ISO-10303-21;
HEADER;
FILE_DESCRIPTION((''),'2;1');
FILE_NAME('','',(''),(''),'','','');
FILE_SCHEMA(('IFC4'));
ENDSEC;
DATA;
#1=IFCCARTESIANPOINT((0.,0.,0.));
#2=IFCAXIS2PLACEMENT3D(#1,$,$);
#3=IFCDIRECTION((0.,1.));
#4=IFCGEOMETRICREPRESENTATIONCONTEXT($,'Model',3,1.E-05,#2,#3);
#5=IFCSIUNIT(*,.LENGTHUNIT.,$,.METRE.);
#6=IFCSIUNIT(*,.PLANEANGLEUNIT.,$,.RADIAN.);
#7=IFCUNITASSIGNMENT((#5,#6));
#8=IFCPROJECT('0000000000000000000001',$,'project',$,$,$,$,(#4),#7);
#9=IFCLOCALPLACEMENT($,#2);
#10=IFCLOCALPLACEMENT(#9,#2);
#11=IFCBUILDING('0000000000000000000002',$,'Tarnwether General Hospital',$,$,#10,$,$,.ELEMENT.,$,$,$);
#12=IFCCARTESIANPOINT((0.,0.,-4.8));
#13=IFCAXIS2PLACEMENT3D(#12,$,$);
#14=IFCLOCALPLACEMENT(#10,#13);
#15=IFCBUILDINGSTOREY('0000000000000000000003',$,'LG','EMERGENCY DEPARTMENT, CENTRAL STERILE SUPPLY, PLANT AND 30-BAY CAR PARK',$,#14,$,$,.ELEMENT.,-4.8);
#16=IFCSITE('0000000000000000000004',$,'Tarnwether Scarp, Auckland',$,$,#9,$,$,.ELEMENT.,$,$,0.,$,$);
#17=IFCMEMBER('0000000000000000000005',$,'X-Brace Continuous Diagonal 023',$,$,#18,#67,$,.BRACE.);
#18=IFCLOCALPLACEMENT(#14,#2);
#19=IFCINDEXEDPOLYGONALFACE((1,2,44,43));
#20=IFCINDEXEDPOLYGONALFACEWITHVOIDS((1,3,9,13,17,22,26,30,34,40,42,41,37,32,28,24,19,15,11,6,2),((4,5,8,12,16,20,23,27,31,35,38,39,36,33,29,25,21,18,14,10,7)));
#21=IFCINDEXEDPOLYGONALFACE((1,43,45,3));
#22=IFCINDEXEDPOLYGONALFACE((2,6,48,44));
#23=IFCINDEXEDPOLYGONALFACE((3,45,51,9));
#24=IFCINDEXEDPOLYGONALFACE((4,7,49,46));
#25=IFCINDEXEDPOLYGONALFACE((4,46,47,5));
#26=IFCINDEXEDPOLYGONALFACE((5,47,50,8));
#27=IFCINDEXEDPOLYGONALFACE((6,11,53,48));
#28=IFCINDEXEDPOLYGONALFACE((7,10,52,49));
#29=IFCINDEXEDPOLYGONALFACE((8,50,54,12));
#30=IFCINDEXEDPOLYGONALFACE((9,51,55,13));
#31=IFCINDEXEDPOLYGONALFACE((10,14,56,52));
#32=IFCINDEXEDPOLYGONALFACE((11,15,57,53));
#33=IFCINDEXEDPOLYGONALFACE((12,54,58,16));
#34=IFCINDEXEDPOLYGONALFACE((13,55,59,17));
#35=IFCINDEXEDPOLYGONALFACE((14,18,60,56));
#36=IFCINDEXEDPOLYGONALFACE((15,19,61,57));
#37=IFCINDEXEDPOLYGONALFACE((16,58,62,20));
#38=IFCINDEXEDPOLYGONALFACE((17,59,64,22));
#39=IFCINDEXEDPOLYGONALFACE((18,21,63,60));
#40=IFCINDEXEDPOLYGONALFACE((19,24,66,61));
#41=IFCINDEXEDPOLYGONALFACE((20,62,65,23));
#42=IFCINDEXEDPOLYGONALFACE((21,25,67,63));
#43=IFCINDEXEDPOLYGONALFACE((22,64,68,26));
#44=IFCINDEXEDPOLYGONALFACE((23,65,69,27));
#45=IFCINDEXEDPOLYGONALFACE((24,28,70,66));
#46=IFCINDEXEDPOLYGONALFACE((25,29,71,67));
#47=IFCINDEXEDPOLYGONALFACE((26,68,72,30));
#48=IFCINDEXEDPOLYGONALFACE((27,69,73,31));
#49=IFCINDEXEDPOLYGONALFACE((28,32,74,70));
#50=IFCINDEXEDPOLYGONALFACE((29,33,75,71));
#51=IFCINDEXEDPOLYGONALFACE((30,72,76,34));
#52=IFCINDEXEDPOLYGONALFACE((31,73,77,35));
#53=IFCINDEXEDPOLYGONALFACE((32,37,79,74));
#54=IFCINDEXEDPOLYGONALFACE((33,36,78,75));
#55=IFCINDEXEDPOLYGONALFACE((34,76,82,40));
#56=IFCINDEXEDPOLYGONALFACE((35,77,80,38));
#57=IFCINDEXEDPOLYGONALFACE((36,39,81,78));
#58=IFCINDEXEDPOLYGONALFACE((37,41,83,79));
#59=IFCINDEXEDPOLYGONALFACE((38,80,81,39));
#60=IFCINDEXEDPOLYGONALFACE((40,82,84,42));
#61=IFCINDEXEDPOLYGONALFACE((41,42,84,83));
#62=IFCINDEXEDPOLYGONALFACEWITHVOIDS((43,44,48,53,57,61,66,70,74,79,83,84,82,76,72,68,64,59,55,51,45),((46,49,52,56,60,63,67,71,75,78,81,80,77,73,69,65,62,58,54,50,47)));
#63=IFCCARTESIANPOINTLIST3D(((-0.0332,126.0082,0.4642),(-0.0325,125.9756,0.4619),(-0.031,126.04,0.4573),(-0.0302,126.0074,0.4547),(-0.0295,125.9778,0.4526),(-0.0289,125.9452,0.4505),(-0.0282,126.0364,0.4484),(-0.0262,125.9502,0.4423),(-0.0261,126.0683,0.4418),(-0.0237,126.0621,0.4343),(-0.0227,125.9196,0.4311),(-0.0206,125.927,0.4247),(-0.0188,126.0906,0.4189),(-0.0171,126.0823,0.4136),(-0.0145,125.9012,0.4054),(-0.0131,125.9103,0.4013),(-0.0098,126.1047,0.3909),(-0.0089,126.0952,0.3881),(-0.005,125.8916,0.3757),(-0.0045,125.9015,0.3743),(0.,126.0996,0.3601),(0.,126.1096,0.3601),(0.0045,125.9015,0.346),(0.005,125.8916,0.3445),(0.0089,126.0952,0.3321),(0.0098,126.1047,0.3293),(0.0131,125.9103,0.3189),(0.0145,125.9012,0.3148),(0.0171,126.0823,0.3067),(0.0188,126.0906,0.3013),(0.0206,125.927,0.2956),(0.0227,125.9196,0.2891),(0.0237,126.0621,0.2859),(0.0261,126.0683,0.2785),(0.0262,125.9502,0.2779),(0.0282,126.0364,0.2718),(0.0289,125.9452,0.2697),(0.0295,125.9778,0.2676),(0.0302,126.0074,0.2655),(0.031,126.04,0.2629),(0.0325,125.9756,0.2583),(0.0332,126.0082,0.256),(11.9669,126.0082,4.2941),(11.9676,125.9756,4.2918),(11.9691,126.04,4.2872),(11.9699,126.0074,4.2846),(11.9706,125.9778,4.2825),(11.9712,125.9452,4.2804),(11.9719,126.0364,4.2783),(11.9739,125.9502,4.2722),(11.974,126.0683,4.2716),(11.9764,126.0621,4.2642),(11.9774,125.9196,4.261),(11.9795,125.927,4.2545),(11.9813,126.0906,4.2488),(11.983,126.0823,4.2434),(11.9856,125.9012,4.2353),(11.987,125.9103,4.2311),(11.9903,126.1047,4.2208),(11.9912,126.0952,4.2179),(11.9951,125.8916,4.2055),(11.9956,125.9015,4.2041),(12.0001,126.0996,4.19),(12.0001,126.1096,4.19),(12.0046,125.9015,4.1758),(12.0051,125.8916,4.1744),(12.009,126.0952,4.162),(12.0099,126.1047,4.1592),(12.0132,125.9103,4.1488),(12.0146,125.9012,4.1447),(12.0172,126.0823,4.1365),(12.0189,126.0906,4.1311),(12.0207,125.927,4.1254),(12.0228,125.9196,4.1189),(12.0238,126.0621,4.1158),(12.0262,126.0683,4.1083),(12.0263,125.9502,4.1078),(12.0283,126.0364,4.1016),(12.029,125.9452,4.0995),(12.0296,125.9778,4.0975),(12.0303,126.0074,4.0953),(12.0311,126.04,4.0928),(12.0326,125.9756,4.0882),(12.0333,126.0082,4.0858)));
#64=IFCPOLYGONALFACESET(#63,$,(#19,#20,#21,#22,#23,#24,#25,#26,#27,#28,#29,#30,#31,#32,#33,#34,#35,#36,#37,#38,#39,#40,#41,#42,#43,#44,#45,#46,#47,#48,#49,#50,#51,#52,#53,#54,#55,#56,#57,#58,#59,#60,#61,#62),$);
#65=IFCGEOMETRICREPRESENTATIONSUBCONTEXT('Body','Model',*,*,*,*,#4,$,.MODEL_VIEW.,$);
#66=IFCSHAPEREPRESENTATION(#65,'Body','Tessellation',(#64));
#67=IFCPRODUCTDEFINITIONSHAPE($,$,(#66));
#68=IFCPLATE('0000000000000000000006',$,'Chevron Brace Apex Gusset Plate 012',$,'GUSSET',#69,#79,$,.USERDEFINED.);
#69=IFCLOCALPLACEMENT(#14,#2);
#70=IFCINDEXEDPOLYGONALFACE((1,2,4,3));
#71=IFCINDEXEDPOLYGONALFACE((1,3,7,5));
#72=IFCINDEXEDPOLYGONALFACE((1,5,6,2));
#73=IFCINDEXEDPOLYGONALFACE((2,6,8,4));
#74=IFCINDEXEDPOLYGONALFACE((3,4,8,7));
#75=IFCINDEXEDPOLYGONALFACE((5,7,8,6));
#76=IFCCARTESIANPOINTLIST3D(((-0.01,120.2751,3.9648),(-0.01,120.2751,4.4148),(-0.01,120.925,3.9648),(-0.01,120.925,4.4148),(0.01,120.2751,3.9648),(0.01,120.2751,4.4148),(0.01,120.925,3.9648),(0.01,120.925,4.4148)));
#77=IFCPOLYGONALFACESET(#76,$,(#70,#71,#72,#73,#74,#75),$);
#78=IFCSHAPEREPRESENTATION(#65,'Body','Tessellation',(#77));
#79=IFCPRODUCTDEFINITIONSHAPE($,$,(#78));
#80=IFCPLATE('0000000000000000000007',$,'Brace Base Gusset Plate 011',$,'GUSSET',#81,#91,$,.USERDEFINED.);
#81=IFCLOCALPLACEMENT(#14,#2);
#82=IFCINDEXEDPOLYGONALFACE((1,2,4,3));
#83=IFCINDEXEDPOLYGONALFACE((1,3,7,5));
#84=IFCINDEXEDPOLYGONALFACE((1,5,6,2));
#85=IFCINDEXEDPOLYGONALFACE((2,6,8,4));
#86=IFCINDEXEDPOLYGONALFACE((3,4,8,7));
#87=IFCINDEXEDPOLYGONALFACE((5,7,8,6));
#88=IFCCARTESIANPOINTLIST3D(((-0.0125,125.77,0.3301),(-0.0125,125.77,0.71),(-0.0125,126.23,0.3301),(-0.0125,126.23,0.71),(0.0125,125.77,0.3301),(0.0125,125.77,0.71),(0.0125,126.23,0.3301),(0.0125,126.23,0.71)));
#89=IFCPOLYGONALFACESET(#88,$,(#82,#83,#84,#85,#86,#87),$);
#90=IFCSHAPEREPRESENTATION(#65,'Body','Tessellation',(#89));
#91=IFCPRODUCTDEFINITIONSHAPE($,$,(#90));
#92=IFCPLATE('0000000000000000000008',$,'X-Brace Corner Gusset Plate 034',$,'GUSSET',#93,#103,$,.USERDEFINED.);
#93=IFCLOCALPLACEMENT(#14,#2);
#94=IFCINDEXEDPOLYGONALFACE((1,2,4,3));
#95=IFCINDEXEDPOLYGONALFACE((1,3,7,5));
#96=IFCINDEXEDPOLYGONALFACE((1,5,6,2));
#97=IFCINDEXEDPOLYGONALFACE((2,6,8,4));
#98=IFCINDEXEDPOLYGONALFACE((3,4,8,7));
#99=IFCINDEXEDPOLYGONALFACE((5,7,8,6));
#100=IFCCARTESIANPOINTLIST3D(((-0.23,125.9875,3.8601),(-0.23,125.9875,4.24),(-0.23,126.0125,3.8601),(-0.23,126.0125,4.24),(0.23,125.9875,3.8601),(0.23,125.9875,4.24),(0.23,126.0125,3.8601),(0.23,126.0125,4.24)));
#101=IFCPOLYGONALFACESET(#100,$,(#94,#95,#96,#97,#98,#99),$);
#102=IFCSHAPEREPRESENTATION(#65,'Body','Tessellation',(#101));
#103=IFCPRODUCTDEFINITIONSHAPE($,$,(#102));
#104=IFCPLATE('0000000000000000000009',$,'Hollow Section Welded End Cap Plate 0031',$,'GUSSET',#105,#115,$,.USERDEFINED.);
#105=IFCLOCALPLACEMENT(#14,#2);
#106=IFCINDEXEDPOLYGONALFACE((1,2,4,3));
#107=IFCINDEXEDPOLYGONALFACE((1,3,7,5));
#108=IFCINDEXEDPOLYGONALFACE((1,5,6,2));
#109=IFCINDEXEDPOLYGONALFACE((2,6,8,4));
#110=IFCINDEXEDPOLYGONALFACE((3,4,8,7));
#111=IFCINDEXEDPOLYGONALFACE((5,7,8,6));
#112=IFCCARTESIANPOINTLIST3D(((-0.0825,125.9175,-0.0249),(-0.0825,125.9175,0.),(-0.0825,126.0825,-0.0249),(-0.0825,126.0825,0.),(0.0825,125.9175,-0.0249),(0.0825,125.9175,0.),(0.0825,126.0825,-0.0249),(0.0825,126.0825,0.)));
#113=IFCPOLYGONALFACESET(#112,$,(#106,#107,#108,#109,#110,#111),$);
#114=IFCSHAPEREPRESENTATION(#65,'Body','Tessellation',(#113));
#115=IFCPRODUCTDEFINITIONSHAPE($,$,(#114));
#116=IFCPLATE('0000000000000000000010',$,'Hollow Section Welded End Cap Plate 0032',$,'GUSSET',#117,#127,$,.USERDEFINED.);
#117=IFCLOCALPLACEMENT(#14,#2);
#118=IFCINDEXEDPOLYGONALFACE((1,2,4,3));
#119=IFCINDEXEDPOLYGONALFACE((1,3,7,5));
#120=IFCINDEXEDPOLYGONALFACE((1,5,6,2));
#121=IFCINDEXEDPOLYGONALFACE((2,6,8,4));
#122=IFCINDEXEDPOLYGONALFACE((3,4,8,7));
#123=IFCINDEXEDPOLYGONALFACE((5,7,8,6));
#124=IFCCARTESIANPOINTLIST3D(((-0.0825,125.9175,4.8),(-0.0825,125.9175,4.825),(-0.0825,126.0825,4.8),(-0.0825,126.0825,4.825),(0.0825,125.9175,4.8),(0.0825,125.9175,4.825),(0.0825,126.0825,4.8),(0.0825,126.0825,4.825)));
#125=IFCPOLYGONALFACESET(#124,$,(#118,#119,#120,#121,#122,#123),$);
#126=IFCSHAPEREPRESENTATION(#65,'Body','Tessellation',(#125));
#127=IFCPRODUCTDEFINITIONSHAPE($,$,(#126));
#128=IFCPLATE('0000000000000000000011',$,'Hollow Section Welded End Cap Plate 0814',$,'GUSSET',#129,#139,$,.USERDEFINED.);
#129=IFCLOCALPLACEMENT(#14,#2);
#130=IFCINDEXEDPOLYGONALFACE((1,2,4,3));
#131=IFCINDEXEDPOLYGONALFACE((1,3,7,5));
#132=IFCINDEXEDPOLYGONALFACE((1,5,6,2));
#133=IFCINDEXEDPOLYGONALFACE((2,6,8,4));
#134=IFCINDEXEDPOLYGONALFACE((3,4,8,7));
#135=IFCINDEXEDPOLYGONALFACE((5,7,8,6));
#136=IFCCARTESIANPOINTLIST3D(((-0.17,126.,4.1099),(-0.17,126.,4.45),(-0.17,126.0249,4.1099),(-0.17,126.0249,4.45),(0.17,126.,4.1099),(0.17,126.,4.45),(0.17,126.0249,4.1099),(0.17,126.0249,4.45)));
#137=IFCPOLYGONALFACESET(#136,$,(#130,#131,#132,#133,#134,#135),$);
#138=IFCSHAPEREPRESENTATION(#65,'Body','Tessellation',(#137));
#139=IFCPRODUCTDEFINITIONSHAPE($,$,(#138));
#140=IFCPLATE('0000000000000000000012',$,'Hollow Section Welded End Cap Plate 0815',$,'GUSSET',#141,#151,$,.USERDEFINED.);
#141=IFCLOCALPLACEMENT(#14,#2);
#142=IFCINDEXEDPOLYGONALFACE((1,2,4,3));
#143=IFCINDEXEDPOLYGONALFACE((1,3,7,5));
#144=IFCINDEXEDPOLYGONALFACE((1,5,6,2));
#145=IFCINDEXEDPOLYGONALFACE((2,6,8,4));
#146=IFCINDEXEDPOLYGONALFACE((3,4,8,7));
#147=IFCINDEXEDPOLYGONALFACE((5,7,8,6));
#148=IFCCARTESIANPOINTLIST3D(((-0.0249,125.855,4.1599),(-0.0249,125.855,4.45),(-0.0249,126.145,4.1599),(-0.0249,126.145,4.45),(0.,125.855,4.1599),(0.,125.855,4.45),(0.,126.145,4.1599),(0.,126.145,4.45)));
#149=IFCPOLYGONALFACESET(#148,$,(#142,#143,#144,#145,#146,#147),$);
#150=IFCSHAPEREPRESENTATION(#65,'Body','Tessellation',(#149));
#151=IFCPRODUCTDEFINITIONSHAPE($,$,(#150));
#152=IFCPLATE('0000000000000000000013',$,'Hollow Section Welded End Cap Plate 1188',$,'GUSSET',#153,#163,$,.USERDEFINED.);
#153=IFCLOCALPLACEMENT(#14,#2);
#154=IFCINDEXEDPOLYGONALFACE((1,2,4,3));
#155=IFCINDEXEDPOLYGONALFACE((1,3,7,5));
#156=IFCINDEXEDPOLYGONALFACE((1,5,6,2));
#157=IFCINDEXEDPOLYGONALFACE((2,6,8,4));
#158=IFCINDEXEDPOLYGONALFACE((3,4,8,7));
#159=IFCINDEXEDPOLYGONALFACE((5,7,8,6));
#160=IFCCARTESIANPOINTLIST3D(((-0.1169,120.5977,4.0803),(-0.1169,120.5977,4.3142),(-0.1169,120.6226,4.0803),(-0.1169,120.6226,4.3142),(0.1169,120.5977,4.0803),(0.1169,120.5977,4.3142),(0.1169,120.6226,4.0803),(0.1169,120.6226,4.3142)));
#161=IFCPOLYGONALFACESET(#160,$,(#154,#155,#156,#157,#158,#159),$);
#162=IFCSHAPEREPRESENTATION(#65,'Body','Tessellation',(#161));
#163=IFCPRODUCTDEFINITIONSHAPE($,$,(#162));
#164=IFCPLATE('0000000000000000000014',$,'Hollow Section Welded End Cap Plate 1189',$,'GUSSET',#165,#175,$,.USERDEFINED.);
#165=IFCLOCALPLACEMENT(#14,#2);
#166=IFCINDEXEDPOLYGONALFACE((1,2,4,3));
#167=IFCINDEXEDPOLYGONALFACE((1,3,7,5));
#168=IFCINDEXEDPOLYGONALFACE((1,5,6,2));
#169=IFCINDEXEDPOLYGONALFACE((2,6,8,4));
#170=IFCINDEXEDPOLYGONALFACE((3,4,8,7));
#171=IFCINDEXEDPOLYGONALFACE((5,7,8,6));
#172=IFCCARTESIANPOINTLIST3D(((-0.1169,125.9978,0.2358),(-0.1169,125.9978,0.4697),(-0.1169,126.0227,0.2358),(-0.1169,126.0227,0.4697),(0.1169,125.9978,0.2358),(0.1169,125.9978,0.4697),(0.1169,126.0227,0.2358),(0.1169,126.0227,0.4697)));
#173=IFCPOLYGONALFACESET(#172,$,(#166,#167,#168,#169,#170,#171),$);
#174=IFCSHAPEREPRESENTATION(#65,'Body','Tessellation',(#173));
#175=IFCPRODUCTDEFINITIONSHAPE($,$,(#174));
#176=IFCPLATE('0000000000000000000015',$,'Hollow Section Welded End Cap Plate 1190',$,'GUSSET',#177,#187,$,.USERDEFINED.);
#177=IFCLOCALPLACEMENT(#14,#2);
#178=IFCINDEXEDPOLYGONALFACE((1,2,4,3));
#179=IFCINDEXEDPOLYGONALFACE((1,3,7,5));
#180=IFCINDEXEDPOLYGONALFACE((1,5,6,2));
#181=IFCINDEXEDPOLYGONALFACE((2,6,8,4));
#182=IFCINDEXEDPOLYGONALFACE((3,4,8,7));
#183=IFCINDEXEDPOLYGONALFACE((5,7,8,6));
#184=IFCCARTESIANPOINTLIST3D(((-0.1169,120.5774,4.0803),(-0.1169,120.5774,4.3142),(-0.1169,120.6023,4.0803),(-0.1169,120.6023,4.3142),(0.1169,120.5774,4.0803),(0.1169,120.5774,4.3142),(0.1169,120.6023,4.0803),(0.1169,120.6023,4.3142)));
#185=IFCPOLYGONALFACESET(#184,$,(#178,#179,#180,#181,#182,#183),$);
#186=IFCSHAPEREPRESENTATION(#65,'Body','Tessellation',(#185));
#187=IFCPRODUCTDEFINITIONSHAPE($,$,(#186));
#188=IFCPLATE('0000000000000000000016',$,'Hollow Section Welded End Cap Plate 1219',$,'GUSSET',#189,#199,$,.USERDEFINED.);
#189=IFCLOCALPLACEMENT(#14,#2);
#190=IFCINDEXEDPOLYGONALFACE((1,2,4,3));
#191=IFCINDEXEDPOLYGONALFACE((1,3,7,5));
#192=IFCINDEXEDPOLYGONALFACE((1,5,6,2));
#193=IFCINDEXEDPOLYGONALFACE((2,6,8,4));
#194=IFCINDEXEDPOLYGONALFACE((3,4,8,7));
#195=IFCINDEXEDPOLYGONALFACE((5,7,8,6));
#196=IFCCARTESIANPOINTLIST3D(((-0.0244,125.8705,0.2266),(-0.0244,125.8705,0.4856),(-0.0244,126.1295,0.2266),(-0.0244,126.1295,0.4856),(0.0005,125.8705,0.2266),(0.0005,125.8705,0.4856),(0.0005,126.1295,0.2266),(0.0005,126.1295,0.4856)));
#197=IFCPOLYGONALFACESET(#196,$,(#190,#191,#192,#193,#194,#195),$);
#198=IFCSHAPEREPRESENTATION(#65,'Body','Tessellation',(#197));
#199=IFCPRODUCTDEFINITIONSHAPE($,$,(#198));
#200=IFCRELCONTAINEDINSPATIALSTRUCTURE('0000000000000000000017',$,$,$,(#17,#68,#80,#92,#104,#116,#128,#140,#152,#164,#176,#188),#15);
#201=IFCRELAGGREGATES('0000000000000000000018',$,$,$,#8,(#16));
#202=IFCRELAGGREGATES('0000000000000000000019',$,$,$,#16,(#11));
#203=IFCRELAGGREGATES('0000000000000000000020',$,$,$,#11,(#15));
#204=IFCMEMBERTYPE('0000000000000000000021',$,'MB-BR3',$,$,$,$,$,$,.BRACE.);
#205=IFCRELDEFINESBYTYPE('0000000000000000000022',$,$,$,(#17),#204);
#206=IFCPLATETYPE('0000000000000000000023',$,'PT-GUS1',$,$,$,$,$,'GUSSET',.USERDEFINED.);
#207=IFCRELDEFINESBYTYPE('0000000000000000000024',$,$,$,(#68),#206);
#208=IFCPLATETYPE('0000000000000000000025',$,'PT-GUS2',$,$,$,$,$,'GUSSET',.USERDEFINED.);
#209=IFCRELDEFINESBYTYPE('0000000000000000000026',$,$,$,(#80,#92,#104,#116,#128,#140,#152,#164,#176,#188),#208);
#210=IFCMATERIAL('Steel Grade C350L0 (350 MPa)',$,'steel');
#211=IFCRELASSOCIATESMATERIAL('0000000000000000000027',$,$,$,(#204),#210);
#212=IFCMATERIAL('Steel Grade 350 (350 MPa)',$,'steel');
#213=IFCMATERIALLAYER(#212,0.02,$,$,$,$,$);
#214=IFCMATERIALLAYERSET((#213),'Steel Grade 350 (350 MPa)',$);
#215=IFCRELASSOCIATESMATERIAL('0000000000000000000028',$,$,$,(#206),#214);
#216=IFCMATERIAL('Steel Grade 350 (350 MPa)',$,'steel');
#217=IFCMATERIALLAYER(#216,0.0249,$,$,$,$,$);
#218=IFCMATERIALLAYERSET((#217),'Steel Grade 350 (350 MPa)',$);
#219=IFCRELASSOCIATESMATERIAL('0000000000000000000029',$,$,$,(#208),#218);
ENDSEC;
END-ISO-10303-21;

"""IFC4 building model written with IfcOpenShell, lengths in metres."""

from ifc_helpers import new_model, si_unit, direction, frame, origin, origin_2d, place, context, subcontext, project, spatial, rectangle, hollow_circle, extrude, material, layer, layer_set, material_profile, profile_set, type_object, element, save


model = new_model("IFC4")

# Units and contexts
model_context = context("Model", 3, precision=1e-05, world=origin(), true_north=direction((0.0, 1.0)))
body_context = subcontext(model_context, "Body", "Model", "MODEL_VIEW")
ifc_project = project(units=[si_unit("LENGTHUNIT", "METRE"), si_unit("PLANEANGLEUNIT", "RADIAN")], contexts=[model_context])

# Site, building, storey
site_placement = place(None, origin())
site = spatial("IfcSite", under=ifc_project, at=site_placement, Name="Tarnwether Scarp, Auckland", CompositionType="ELEMENT", RefElevation=0.0)
building_placement = place(site_placement, origin())
building = spatial("IfcBuilding", under=site, at=building_placement, Name="Tarnwether General Hospital", CompositionType="ELEMENT")
storey_placement = place(building_placement, frame((0.0, 0.0, -4.8)))
storey = spatial("IfcBuildingStorey", under=building, at=storey_placement, Name="LG", Description="EMERGENCY DEPARTMENT, CENTRAL STERILE SUPPLY, PLANT AND 30-BAY CAR PARK", CompositionType="ELEMENT", Elevation=-4.8)

# Member
ifc_material_1 = material(Name="Steel Grade C350L0 (350 MPa)", Category="steel")
ifc_material_profile_1 = material_profile(ifc_material_1, hollow_circle(Radius=0.1096, WallThickness=0.01, at=origin_2d()), Name="CHS219.1x10.0")
ifc_profile_set_1 = profile_set([ifc_material_profile_1], Name="Steel Grade C350L0 (350 MPa)")
member_type_1 = type_object("IfcMemberType", Name="MB-BR3", PredefinedType="BRACE", material=ifc_profile_set_1)
member_1_placement = place(storey_placement, frame((0.0, 126.0, 0.3601), z_axis=(0.952658, 0.0, 0.304044), x_axis=(0.0, 1.0, 0.0)))
element("IfcMember", 1, at=member_1_placement, inside=storey, type_object=member_type_1, Name="X-Brace Continuous Diagonal 023", PredefinedType="BRACE", context=body_context, shape_type="SweptSolid", body=[
    extrude(hollow_circle(Radius=0.1096, WallThickness=0.01, at=origin_2d()), origin(), (0.0, 0.0, 1.0), 12.5964),
])

# Plates
ifc_material_2 = material(Name="Steel Grade 350 (350 MPa)", Category="steel")
ifc_layer_1 = layer(ifc_material_2, 0.02)
ifc_layer_set_1 = layer_set([ifc_layer_1], Name="Steel Grade 350 (350 MPa)")
plate_type_1 = type_object("IfcPlateType", Name="PT-GUS1", ElementType="GUSSET", PredefinedType="USERDEFINED", material=ifc_layer_set_1)
plate_1_placement = place(storey_placement, frame((0.0, 120.6001, 3.9648), z_axis=(0.0, 0.0, 1.0), x_axis=(0.0, 1.0, 0.0)))
element("IfcPlate", 2, at=plate_1_placement, inside=storey, type_object=plate_type_1, Name="Chevron Brace Apex Gusset Plate 012", ObjectType="GUSSET", PredefinedType="USERDEFINED", context=body_context, shape_type="SweptSolid", body=[
    extrude(rectangle(XDim=0.6499, YDim=0.02, at=origin_2d()), origin(), (0.0, 0.0, 1.0), 0.45),
])
ifc_material_3 = material(Name="Steel Grade 350 (350 MPa)", Category="steel")
ifc_layer_2 = layer(ifc_material_3, 0.0249)
ifc_layer_set_2 = layer_set([ifc_layer_2], Name="Steel Grade 350 (350 MPa)")
plate_type_2 = type_object("IfcPlateType", Name="PT-GUS2", ElementType="GUSSET", PredefinedType="USERDEFINED", material=ifc_layer_set_2)
for number, where, z_axis, x_axis, name in (
    (3, (0.0, 126.0, 0.3301), (0.0, 0.0, 1.0), (0.0, 1.0, 0.0), "Brace Base Gusset Plate 011"),
    (4, (0.0, 126.0, 3.8601), (0.0, 0.0, 1.0), (1.0, 0.0, 0.0), "X-Brace Corner Gusset Plate 034"),
):
    element("IfcPlate", number, at=place(storey_placement, frame(where, z_axis=z_axis, x_axis=x_axis)), inside=storey, type_object=plate_type_2, Name=name, ObjectType="GUSSET", PredefinedType="USERDEFINED", context=body_context, shape_type="SweptSolid", body=[
        extrude(rectangle(XDim=0.46, YDim=0.0249, at=origin_2d()), origin(), (0.0, 0.0, 1.0), 0.3799),
    ])
for number, where, z_axis, x_axis, name in (
    (5, (0.0, 126.0, -0.0249), (0.0, 0.0, 1.0), (1.0, 0.0, 0.0), "Hollow Section Welded End Cap Plate 0031"),
    (6, (0.0, 126.0, 4.8), (0.0, 0.0, 1.0), (1.0, 0.0, 0.0), "Hollow Section Welded End Cap Plate 0032"),
):
    element("IfcPlate", number, at=place(storey_placement, frame(where, z_axis=z_axis, x_axis=x_axis)), inside=storey, type_object=plate_type_2, Name=name, ObjectType="GUSSET", PredefinedType="USERDEFINED", context=body_context, shape_type="SweptSolid", body=[
        extrude(rectangle(XDim=0.165, YDim=0.165, at=origin_2d()), origin(), (0.0, 0.0, 1.0), 0.0249),
    ])
plate_2_placement = place(storey_placement, frame((0.0, 126.0125, 4.1099), z_axis=(0.0, 0.0, 1.0), x_axis=(0.0, 1.0, 0.0)))
element("IfcPlate", 7, at=plate_2_placement, inside=storey, type_object=plate_type_2, Name="Hollow Section Welded End Cap Plate 0814", ObjectType="GUSSET", PredefinedType="USERDEFINED", context=body_context, shape_type="SweptSolid", body=[
    extrude(rectangle(XDim=0.0249, YDim=0.3401, at=origin_2d()), origin(), (0.0, 0.0, 1.0), 0.3401),
])
plate_3_placement = place(storey_placement, frame((-0.0125, 126.0, 4.1599), z_axis=(0.0, 0.0, 1.0), x_axis=(1.0, 0.0, 0.0)))
element("IfcPlate", 8, at=plate_3_placement, inside=storey, type_object=plate_type_2, Name="Hollow Section Welded End Cap Plate 0815", ObjectType="GUSSET", PredefinedType="USERDEFINED", context=body_context, shape_type="SweptSolid", body=[
    extrude(rectangle(XDim=0.0249, YDim=0.29, at=origin_2d()), origin(), (0.0, 0.0, 1.0), 0.29),
])
for number, where, z_axis, x_axis, name in (
    (9, (0.0, 120.6101, 4.0803), (0.0, 0.0, 1.0), (0.0, 1.0, 0.0), "Hollow Section Welded End Cap Plate 1188"),
    (10, (0.0, 126.0103, 0.2358), (0.0, 0.0, 1.0), (0.0, -1.0, 0.0), "Hollow Section Welded End Cap Plate 1189"),
    (11, (0.0, 120.5898, 4.0803), (0.0, 0.0, 1.0), (0.0, -1.0, 0.0), "Hollow Section Welded End Cap Plate 1190"),
):
    element("IfcPlate", number, at=place(storey_placement, frame(where, z_axis=z_axis, x_axis=x_axis)), inside=storey, type_object=plate_type_2, Name=name, ObjectType="GUSSET", PredefinedType="USERDEFINED", context=body_context, shape_type="SweptSolid", body=[
        extrude(rectangle(XDim=0.0249, YDim=0.2339, at=origin_2d()), origin(), (0.0, 0.0, 1.0), 0.2339),
    ])
for number, where, z_axis, x_axis, name in (
    (12, (-0.012, 126.0, 0.2266), (0.0, 0.0, 1.0), (1.0, 0.0, 0.0), "Hollow Section Welded End Cap Plate 1219"),
):
    element("IfcPlate", number, at=place(storey_placement, frame(where, z_axis=z_axis, x_axis=x_axis)), inside=storey, type_object=plate_type_2, Name=name, ObjectType="GUSSET", PredefinedType="USERDEFINED", context=body_context, shape_type="SweptSolid", body=[
        extrude(rectangle(XDim=0.0249, YDim=0.259, at=origin_2d()), origin(), (0.0, 0.0, 1.0), 0.259),
    ])

save(model, "model.ifc")
